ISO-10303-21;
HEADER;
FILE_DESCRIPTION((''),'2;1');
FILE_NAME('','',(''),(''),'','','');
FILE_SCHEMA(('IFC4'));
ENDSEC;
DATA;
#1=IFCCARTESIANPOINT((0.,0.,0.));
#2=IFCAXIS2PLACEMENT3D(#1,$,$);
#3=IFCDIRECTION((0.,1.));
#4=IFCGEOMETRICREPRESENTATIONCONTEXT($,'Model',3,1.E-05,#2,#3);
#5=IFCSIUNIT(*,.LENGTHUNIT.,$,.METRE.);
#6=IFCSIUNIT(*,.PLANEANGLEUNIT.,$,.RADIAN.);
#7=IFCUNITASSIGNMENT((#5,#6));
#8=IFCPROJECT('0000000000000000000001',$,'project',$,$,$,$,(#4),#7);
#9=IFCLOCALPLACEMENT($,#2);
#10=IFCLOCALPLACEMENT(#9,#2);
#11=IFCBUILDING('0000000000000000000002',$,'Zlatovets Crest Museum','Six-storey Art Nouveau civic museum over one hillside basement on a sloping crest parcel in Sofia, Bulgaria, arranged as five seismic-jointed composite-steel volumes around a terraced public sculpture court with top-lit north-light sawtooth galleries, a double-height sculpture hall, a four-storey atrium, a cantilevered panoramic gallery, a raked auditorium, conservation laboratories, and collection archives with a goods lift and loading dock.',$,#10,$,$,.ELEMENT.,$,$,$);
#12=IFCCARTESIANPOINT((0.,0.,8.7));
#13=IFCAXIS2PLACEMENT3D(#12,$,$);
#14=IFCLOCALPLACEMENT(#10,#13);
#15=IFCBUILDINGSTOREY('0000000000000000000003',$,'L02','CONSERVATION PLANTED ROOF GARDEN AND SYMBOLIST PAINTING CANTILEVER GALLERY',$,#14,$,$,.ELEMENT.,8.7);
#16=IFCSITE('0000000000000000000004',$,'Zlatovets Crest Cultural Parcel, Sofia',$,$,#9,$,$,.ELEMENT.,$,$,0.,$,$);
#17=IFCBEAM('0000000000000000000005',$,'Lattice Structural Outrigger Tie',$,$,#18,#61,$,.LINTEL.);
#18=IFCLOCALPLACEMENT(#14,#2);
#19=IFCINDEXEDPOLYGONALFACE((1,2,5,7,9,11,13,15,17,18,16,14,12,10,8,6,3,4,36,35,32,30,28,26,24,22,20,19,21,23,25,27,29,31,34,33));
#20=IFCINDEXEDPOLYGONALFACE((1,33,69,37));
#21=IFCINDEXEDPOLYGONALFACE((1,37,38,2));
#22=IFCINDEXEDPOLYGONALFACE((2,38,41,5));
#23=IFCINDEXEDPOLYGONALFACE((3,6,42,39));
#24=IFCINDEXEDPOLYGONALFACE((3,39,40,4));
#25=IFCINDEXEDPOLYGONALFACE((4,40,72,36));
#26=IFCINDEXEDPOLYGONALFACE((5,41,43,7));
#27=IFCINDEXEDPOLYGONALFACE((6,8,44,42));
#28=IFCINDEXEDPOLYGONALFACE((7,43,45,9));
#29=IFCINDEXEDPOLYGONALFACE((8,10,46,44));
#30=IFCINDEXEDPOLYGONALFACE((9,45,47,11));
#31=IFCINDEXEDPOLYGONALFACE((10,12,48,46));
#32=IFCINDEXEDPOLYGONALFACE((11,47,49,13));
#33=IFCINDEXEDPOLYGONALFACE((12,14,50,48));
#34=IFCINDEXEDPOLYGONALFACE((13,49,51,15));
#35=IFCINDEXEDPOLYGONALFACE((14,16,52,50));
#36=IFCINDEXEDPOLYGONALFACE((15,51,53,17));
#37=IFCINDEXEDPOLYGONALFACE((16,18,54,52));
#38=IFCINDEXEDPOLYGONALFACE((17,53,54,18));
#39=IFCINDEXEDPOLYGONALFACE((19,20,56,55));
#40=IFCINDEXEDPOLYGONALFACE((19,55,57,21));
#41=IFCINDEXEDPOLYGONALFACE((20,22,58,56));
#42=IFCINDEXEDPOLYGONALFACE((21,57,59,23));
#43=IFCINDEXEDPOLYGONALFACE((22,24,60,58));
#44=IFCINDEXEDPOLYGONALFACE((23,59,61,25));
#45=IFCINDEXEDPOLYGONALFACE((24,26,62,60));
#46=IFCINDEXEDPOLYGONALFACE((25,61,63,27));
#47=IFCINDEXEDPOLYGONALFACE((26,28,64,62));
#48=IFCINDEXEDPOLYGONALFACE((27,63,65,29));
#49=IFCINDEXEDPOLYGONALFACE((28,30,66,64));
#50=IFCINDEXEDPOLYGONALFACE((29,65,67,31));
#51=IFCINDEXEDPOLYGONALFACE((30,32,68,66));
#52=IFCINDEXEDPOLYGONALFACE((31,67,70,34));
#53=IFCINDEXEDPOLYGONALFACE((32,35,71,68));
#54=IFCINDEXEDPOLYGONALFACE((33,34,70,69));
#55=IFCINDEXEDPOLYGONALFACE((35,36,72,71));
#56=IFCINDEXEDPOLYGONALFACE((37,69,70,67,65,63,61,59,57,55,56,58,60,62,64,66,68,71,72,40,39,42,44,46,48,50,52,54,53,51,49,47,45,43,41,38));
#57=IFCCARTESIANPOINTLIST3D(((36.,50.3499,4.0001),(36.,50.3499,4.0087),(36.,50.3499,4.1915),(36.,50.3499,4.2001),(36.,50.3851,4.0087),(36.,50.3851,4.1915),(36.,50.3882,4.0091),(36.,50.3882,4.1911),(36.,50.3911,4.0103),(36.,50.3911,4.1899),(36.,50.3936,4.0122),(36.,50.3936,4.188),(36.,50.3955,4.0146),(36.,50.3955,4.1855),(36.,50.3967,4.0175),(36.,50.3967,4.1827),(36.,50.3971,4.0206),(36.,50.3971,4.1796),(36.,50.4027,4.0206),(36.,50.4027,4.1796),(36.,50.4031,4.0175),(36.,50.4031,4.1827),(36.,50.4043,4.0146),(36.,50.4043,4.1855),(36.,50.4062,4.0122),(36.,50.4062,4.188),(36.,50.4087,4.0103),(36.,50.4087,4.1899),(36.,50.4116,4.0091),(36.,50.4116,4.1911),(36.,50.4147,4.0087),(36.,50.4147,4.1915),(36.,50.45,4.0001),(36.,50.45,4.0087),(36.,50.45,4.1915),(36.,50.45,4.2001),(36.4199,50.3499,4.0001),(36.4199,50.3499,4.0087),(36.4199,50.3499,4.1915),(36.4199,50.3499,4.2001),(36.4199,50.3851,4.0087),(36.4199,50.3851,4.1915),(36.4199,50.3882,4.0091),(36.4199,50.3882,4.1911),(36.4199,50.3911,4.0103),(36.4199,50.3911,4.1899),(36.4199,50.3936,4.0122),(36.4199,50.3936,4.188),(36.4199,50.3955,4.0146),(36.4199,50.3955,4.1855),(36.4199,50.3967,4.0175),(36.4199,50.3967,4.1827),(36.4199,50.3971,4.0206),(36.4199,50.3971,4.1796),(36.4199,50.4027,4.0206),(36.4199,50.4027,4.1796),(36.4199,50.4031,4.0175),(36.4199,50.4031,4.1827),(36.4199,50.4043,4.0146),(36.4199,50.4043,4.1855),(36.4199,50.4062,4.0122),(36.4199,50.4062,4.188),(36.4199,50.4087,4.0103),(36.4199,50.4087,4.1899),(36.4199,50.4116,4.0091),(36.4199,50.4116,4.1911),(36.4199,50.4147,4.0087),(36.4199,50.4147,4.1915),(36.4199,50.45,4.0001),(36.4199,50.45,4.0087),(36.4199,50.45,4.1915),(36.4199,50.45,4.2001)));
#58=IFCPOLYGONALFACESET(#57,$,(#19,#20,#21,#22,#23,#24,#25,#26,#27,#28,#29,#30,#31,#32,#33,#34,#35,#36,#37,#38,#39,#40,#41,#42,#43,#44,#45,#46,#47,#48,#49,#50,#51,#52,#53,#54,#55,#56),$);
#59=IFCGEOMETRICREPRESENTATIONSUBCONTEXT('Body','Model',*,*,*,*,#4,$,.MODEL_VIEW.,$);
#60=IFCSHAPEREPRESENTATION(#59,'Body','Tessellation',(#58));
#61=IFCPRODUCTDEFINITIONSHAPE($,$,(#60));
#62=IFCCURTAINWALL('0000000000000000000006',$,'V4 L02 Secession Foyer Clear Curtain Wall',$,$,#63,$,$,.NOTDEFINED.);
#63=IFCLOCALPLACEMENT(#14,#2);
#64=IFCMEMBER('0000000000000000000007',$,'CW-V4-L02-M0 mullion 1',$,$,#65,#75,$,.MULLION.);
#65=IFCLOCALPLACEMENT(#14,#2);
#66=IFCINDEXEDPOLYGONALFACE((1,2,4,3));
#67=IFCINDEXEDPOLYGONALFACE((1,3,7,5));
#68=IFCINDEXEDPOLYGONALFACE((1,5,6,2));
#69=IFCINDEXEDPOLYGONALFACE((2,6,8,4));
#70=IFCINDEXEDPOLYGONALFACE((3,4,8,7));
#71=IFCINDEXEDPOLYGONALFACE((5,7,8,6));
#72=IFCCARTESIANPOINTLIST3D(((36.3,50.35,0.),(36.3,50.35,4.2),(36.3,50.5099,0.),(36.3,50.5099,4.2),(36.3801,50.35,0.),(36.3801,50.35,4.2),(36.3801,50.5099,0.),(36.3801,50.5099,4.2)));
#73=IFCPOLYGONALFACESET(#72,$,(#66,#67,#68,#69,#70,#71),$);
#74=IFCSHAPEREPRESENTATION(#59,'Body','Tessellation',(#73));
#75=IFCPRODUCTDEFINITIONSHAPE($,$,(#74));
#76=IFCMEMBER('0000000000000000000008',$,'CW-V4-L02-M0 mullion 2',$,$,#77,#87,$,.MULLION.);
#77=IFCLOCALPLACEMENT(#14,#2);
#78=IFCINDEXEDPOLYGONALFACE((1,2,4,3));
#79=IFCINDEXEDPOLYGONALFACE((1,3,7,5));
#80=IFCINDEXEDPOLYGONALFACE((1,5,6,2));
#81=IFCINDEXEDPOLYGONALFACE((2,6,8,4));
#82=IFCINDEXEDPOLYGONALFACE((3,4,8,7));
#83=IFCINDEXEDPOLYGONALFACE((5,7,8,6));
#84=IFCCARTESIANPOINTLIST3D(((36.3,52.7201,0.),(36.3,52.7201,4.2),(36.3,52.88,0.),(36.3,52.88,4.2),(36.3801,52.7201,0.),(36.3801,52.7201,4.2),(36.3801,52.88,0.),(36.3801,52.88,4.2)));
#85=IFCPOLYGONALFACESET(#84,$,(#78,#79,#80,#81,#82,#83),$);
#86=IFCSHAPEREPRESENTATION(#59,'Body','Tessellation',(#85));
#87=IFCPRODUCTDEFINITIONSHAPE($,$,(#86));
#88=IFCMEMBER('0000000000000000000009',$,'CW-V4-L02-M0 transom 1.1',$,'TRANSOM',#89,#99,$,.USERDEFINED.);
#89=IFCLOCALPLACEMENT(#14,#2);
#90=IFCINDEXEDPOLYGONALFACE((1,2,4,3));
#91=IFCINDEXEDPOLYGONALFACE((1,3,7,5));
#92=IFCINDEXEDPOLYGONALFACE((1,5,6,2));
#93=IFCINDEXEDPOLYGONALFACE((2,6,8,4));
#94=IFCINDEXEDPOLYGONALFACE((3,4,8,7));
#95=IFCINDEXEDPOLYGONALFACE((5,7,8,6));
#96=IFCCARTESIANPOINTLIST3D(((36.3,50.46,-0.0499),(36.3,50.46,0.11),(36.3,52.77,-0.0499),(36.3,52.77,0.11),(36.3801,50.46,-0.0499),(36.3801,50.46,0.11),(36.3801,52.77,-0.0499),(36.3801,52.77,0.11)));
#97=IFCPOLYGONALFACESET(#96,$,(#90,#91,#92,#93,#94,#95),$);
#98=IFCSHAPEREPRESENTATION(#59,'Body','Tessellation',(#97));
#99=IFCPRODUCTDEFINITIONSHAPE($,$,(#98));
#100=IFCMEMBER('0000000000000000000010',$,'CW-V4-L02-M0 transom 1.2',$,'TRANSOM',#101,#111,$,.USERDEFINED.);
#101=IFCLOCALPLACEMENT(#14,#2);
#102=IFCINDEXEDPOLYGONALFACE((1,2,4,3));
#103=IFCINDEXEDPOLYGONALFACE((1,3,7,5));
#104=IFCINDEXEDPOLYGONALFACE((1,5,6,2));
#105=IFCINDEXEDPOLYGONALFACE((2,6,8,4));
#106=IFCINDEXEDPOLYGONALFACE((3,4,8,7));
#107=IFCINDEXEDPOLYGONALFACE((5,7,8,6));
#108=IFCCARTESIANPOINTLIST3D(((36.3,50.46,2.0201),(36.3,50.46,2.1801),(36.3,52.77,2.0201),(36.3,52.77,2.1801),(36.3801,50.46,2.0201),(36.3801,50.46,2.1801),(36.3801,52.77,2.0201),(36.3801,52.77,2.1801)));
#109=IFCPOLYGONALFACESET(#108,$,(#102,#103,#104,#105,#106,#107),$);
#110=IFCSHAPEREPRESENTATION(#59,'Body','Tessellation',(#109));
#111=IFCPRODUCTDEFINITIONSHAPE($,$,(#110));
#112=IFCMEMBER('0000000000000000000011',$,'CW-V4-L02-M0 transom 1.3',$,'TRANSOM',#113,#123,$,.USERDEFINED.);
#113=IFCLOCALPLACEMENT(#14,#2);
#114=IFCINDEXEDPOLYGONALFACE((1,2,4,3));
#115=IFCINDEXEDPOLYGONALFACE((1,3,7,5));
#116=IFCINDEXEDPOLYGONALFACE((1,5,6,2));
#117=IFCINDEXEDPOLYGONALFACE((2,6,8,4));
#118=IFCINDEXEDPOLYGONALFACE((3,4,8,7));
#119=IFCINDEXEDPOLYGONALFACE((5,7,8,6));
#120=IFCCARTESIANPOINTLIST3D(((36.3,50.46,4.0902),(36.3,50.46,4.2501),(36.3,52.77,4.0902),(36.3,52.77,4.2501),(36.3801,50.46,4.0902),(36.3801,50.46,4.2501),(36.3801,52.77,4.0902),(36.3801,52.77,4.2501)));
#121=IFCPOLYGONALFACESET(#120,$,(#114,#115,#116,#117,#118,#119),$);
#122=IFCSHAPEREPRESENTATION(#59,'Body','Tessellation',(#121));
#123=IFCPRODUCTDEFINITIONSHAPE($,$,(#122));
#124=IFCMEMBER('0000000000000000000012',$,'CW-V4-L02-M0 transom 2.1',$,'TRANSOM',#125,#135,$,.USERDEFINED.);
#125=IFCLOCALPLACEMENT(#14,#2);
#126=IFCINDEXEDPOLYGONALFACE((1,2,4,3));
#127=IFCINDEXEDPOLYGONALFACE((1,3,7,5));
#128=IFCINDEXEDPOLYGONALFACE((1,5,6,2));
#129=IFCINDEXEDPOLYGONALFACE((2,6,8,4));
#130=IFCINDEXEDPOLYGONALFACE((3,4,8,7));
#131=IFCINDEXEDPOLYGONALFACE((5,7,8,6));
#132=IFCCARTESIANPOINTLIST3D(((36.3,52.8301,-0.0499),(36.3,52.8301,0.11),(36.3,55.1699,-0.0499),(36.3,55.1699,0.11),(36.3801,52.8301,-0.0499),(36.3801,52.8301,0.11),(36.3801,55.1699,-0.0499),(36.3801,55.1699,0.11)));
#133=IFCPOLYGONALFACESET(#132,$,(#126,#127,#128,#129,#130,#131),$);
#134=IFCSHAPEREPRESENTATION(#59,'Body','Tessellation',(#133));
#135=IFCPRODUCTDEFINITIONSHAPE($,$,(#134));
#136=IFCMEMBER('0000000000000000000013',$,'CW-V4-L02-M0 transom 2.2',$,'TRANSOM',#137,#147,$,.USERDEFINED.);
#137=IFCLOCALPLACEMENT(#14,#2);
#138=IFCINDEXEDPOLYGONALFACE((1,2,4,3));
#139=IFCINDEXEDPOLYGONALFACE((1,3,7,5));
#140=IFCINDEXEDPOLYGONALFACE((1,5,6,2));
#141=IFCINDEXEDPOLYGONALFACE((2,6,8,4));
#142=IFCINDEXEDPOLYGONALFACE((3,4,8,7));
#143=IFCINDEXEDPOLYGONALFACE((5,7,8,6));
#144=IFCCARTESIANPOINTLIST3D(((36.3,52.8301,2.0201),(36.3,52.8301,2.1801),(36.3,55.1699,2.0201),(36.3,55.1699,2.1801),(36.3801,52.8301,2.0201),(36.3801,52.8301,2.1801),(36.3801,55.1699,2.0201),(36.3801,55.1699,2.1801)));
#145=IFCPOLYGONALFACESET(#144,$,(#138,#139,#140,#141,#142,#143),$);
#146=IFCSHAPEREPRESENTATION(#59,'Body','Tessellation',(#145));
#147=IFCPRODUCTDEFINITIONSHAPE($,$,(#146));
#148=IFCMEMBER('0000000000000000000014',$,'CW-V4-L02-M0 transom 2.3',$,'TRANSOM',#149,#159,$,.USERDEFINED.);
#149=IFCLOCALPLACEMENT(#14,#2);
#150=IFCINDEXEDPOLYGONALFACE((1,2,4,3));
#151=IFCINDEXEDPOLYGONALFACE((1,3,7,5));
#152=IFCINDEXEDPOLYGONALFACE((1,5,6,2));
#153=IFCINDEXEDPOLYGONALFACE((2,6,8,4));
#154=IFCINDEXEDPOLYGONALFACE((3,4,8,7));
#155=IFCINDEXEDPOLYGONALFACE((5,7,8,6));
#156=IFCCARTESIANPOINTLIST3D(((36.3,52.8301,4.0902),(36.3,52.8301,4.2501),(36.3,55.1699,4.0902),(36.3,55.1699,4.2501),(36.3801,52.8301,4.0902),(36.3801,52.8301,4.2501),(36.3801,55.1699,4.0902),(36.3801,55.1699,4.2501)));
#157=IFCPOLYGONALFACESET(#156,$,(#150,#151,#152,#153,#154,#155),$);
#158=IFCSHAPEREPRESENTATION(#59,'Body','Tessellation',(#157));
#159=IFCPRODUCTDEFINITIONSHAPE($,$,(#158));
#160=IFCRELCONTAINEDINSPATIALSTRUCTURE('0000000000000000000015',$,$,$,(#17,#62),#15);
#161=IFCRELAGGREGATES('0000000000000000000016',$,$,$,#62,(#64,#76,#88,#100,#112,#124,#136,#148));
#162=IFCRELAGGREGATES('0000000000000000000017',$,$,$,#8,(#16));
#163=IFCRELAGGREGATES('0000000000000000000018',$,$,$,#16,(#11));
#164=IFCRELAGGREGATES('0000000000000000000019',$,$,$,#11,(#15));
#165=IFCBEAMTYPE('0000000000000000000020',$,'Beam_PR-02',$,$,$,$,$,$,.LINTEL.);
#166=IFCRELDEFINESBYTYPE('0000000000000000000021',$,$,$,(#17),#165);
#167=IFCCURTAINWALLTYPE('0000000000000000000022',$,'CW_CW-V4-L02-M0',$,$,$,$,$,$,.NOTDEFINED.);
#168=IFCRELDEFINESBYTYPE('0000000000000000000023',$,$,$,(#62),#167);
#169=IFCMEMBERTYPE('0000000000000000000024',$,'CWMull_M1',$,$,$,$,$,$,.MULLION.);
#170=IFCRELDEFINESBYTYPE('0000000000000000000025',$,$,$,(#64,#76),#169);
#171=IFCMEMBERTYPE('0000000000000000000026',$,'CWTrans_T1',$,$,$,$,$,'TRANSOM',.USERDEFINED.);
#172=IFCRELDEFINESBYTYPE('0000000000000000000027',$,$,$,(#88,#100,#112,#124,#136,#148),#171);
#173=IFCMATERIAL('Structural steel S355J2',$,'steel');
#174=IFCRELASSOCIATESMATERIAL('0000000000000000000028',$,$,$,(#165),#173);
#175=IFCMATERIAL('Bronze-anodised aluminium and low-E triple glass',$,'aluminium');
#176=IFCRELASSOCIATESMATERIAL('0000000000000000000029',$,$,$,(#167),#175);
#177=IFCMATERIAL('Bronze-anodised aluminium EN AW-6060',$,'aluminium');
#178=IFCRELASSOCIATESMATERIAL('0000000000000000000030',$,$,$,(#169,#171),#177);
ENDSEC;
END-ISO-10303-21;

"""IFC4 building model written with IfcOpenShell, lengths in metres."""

from ifc_helpers import new_model, si_unit, direction, frame, origin, origin_2d, place, context, subcontext, project, spatial, rectangle, i_section, extrude, material, material_profile, profile_set, type_object, element, aggregate, save


model = new_model("IFC4")

# Units and contexts
model_context = context("Model", 3, precision=1e-05, world=origin(), true_north=direction((0.0, 1.0)))
body_context = subcontext(model_context, "Body", "Model", "MODEL_VIEW")
ifc_project = project(units=[si_unit("LENGTHUNIT", "METRE"), si_unit("PLANEANGLEUNIT", "RADIAN")], contexts=[model_context])

# Site, building, storey
site_placement = place(None, origin())
site = spatial("IfcSite", under=ifc_project, at=site_placement, Name="Zlatovets Crest Cultural Parcel, Sofia", CompositionType="ELEMENT", RefElevation=0.0)
building_placement = place(site_placement, origin())
building = spatial("IfcBuilding", under=site, at=building_placement, Name="Zlatovets Crest Museum", Description="Six-storey Art Nouveau civic museum over one hillside basement on a sloping crest parcel in Sofia, Bulgaria, arranged as five seismic-jointed composite-steel volumes around a terraced public sculpture court with top-lit north-light sawtooth galleries, a double-height sculpture hall, a four-storey atrium, a cantilevered panoramic gallery, a raked auditorium, conservation laboratories, and collection archives with a goods lift and loading dock.", CompositionType="ELEMENT")
storey_placement = place(building_placement, frame((0.0, 0.0, 8.7)))
storey = spatial("IfcBuildingStorey", under=building, at=storey_placement, Name="L02", Description="CONSERVATION PLANTED ROOF GARDEN AND SYMBOLIST PAINTING CANTILEVER GALLERY", CompositionType="ELEMENT", Elevation=8.7)

# Shared definitions
ifc_material_1 = material(Name="Structural steel S355J2", Category="steel")

# Beam
ifc_material_profile_1 = material_profile(ifc_material_1, i_section(OverallWidth=0.1001, OverallDepth=0.2, WebThickness=0.0056, FlangeThickness=0.0085, FilletRadius=0.012, at=origin_2d()), Name="IPE 200")
ifc_profile_set_1 = profile_set([ifc_material_profile_1], Name="Structural steel S355J2")
beam_type_1 = type_object("IfcBeamType", Name="Beam_PR-02", PredefinedType="LINTEL", material=ifc_profile_set_1)
for number, where, z_axis, x_axis, name in (
    (1, (36.0, 50.3999, 4.1001), (1.0, 0.0, 0.0), (0.0, 1.0, 0.0), "Lattice Structural Outrigger Tie"),
):
    element("IfcBeam", number, at=place(storey_placement, frame(where, z_axis=z_axis, x_axis=x_axis)), inside=storey, type_object=beam_type_1, Name=name, PredefinedType="LINTEL", context=body_context, shape_type="SweptSolid", body=[
        extrude(i_section(OverallWidth=0.1001, OverallDepth=0.2, WebThickness=0.0056, FlangeThickness=0.0085, FilletRadius=0.012, at=origin_2d()), origin(), (0.0, 0.0, 1.0), 0.4199),
    ])

# Curtain wall, members
ifc_material_2 = material(Name="Bronze-anodised aluminium and low-E triple glass", Category="aluminium")
curtain_wall_type = type_object("IfcCurtainWallType", Name="CW_CW-V4-L02-M0", PredefinedType="NOTDEFINED", material=ifc_material_2)
curtain_wall_placement = place(storey_placement, origin())
curtain_wall = element("IfcCurtainWall", 2, at=curtain_wall_placement, inside=storey, type_object=curtain_wall_type, Name="V4 L02 Secession Foyer Clear Curtain Wall", PredefinedType="NOTDEFINED")
ifc_material_3 = material(Name="Bronze-anodised aluminium EN AW-6060", Category="aluminium")
ifc_material_profile_2 = material_profile(ifc_material_3, rectangle(XDim=0.0801, YDim=0.1599, at=origin_2d()), Name="ALU 80x160")
ifc_profile_set_2 = profile_set([ifc_material_profile_2], Name="Bronze-anodised aluminium EN AW-6060")
member_type_1 = type_object("IfcMemberType", Name="CWMull_M1", PredefinedType="MULLION", material=ifc_profile_set_2)
member_1_placement = place(storey_placement, frame((36.3401, 50.4299, 0.0), z_axis=(0.0, 0.0, 1.0), x_axis=(-1.0, 0.0, 0.0)))
member_1 = element("IfcMember", 3, at=member_1_placement, type_object=member_type_1, Name="CW-V4-L02-M0 mullion 1", PredefinedType="MULLION", context=body_context, shape_type="SweptSolid", body=[
    extrude(rectangle(XDim=0.0801, YDim=0.1599, at=origin_2d()), origin(), (0.0, 0.0, 1.0), 4.2),
])
member_2_placement = place(storey_placement, frame((36.3401, 52.8, 0.0), z_axis=(0.0, 0.0, 1.0), x_axis=(-1.0, 0.0, 0.0)))
member_2 = element("IfcMember", 4, at=member_2_placement, type_object=member_type_1, Name="CW-V4-L02-M0 mullion 2", PredefinedType="MULLION", context=body_context, shape_type="SweptSolid", body=[
    extrude(rectangle(XDim=0.0801, YDim=0.1599, at=origin_2d()), origin(), (0.0, 0.0, 1.0), 4.2),
])
ifc_material_profile_3 = material_profile(ifc_material_3, rectangle(XDim=0.0801, YDim=0.1599, at=origin_2d()), Name="ALU 80x160")
ifc_profile_set_3 = profile_set([ifc_material_profile_3], Name="Bronze-anodised aluminium EN AW-6060")
member_type_2 = type_object("IfcMemberType", Name="CWTrans_T1", ElementType="TRANSOM", PredefinedType="USERDEFINED", material=ifc_profile_set_3)
member_3_placement = place(storey_placement, frame((36.3401, 50.46, 0.03), z_axis=(0.0, 1.0, 0.0), x_axis=(-1.0, 0.0, 0.0)))
member_3 = element("IfcMember", 5, at=member_3_placement, type_object=member_type_2, Name="CW-V4-L02-M0 transom 1.1", ObjectType="TRANSOM", PredefinedType="USERDEFINED", context=body_context, shape_type="SweptSolid", body=[
    extrude(rectangle(XDim=0.0801, YDim=0.1599, at=origin_2d()), origin(), (0.0, 0.0, 1.0), 2.3101),
])
member_4_placement = place(storey_placement, frame((36.3401, 50.46, 2.1001), z_axis=(0.0, 1.0, 0.0), x_axis=(-1.0, 0.0, 0.0)))
member_4 = element("IfcMember", 6, at=member_4_placement, type_object=member_type_2, Name="CW-V4-L02-M0 transom 1.2", ObjectType="TRANSOM", PredefinedType="USERDEFINED", context=body_context, shape_type="SweptSolid", body=[
    extrude(rectangle(XDim=0.0801, YDim=0.1599, at=origin_2d()), origin(), (0.0, 0.0, 1.0), 2.3101),
])
member_5_placement = place(storey_placement, frame((36.3401, 50.46, 4.1702), z_axis=(0.0, 1.0, 0.0), x_axis=(-1.0, 0.0, 0.0)))
member_5 = element("IfcMember", 7, at=member_5_placement, type_object=member_type_2, Name="CW-V4-L02-M0 transom 1.3", ObjectType="TRANSOM", PredefinedType="USERDEFINED", context=body_context, shape_type="SweptSolid", body=[
    extrude(rectangle(XDim=0.0801, YDim=0.1599, at=origin_2d()), origin(), (0.0, 0.0, 1.0), 2.3101),
])
member_6_placement = place(storey_placement, frame((36.3401, 52.8301, 0.03), z_axis=(0.0, 1.0, 0.0), x_axis=(-1.0, 0.0, 0.0)))
member_6 = element("IfcMember", 8, at=member_6_placement, type_object=member_type_2, Name="CW-V4-L02-M0 transom 2.1", ObjectType="TRANSOM", PredefinedType="USERDEFINED", context=body_context, shape_type="SweptSolid", body=[
    extrude(rectangle(XDim=0.0801, YDim=0.1599, at=origin_2d()), origin(), (0.0, 0.0, 1.0), 2.3398),
])
member_7_placement = place(storey_placement, frame((36.3401, 52.8301, 2.1001), z_axis=(0.0, 1.0, 0.0), x_axis=(-1.0, 0.0, 0.0)))
member_7 = element("IfcMember", 9, at=member_7_placement, type_object=member_type_2, Name="CW-V4-L02-M0 transom 2.2", ObjectType="TRANSOM", PredefinedType="USERDEFINED", context=body_context, shape_type="SweptSolid", body=[
    extrude(rectangle(XDim=0.0801, YDim=0.1599, at=origin_2d()), origin(), (0.0, 0.0, 1.0), 2.3398),
])
member_8_placement = place(storey_placement, frame((36.3401, 52.8301, 4.1702), z_axis=(0.0, 1.0, 0.0), x_axis=(-1.0, 0.0, 0.0)))
member_8 = element("IfcMember", 10, at=member_8_placement, type_object=member_type_2, Name="CW-V4-L02-M0 transom 2.3", ObjectType="TRANSOM", PredefinedType="USERDEFINED", context=body_context, shape_type="SweptSolid", body=[
    extrude(rectangle(XDim=0.0801, YDim=0.1599, at=origin_2d()), origin(), (0.0, 0.0, 1.0), 2.3398),
])

aggregate(curtain_wall, [member_1, member_2, member_3, member_4, member_5, member_6, member_7, member_8])

save(model, "model.ifc")
